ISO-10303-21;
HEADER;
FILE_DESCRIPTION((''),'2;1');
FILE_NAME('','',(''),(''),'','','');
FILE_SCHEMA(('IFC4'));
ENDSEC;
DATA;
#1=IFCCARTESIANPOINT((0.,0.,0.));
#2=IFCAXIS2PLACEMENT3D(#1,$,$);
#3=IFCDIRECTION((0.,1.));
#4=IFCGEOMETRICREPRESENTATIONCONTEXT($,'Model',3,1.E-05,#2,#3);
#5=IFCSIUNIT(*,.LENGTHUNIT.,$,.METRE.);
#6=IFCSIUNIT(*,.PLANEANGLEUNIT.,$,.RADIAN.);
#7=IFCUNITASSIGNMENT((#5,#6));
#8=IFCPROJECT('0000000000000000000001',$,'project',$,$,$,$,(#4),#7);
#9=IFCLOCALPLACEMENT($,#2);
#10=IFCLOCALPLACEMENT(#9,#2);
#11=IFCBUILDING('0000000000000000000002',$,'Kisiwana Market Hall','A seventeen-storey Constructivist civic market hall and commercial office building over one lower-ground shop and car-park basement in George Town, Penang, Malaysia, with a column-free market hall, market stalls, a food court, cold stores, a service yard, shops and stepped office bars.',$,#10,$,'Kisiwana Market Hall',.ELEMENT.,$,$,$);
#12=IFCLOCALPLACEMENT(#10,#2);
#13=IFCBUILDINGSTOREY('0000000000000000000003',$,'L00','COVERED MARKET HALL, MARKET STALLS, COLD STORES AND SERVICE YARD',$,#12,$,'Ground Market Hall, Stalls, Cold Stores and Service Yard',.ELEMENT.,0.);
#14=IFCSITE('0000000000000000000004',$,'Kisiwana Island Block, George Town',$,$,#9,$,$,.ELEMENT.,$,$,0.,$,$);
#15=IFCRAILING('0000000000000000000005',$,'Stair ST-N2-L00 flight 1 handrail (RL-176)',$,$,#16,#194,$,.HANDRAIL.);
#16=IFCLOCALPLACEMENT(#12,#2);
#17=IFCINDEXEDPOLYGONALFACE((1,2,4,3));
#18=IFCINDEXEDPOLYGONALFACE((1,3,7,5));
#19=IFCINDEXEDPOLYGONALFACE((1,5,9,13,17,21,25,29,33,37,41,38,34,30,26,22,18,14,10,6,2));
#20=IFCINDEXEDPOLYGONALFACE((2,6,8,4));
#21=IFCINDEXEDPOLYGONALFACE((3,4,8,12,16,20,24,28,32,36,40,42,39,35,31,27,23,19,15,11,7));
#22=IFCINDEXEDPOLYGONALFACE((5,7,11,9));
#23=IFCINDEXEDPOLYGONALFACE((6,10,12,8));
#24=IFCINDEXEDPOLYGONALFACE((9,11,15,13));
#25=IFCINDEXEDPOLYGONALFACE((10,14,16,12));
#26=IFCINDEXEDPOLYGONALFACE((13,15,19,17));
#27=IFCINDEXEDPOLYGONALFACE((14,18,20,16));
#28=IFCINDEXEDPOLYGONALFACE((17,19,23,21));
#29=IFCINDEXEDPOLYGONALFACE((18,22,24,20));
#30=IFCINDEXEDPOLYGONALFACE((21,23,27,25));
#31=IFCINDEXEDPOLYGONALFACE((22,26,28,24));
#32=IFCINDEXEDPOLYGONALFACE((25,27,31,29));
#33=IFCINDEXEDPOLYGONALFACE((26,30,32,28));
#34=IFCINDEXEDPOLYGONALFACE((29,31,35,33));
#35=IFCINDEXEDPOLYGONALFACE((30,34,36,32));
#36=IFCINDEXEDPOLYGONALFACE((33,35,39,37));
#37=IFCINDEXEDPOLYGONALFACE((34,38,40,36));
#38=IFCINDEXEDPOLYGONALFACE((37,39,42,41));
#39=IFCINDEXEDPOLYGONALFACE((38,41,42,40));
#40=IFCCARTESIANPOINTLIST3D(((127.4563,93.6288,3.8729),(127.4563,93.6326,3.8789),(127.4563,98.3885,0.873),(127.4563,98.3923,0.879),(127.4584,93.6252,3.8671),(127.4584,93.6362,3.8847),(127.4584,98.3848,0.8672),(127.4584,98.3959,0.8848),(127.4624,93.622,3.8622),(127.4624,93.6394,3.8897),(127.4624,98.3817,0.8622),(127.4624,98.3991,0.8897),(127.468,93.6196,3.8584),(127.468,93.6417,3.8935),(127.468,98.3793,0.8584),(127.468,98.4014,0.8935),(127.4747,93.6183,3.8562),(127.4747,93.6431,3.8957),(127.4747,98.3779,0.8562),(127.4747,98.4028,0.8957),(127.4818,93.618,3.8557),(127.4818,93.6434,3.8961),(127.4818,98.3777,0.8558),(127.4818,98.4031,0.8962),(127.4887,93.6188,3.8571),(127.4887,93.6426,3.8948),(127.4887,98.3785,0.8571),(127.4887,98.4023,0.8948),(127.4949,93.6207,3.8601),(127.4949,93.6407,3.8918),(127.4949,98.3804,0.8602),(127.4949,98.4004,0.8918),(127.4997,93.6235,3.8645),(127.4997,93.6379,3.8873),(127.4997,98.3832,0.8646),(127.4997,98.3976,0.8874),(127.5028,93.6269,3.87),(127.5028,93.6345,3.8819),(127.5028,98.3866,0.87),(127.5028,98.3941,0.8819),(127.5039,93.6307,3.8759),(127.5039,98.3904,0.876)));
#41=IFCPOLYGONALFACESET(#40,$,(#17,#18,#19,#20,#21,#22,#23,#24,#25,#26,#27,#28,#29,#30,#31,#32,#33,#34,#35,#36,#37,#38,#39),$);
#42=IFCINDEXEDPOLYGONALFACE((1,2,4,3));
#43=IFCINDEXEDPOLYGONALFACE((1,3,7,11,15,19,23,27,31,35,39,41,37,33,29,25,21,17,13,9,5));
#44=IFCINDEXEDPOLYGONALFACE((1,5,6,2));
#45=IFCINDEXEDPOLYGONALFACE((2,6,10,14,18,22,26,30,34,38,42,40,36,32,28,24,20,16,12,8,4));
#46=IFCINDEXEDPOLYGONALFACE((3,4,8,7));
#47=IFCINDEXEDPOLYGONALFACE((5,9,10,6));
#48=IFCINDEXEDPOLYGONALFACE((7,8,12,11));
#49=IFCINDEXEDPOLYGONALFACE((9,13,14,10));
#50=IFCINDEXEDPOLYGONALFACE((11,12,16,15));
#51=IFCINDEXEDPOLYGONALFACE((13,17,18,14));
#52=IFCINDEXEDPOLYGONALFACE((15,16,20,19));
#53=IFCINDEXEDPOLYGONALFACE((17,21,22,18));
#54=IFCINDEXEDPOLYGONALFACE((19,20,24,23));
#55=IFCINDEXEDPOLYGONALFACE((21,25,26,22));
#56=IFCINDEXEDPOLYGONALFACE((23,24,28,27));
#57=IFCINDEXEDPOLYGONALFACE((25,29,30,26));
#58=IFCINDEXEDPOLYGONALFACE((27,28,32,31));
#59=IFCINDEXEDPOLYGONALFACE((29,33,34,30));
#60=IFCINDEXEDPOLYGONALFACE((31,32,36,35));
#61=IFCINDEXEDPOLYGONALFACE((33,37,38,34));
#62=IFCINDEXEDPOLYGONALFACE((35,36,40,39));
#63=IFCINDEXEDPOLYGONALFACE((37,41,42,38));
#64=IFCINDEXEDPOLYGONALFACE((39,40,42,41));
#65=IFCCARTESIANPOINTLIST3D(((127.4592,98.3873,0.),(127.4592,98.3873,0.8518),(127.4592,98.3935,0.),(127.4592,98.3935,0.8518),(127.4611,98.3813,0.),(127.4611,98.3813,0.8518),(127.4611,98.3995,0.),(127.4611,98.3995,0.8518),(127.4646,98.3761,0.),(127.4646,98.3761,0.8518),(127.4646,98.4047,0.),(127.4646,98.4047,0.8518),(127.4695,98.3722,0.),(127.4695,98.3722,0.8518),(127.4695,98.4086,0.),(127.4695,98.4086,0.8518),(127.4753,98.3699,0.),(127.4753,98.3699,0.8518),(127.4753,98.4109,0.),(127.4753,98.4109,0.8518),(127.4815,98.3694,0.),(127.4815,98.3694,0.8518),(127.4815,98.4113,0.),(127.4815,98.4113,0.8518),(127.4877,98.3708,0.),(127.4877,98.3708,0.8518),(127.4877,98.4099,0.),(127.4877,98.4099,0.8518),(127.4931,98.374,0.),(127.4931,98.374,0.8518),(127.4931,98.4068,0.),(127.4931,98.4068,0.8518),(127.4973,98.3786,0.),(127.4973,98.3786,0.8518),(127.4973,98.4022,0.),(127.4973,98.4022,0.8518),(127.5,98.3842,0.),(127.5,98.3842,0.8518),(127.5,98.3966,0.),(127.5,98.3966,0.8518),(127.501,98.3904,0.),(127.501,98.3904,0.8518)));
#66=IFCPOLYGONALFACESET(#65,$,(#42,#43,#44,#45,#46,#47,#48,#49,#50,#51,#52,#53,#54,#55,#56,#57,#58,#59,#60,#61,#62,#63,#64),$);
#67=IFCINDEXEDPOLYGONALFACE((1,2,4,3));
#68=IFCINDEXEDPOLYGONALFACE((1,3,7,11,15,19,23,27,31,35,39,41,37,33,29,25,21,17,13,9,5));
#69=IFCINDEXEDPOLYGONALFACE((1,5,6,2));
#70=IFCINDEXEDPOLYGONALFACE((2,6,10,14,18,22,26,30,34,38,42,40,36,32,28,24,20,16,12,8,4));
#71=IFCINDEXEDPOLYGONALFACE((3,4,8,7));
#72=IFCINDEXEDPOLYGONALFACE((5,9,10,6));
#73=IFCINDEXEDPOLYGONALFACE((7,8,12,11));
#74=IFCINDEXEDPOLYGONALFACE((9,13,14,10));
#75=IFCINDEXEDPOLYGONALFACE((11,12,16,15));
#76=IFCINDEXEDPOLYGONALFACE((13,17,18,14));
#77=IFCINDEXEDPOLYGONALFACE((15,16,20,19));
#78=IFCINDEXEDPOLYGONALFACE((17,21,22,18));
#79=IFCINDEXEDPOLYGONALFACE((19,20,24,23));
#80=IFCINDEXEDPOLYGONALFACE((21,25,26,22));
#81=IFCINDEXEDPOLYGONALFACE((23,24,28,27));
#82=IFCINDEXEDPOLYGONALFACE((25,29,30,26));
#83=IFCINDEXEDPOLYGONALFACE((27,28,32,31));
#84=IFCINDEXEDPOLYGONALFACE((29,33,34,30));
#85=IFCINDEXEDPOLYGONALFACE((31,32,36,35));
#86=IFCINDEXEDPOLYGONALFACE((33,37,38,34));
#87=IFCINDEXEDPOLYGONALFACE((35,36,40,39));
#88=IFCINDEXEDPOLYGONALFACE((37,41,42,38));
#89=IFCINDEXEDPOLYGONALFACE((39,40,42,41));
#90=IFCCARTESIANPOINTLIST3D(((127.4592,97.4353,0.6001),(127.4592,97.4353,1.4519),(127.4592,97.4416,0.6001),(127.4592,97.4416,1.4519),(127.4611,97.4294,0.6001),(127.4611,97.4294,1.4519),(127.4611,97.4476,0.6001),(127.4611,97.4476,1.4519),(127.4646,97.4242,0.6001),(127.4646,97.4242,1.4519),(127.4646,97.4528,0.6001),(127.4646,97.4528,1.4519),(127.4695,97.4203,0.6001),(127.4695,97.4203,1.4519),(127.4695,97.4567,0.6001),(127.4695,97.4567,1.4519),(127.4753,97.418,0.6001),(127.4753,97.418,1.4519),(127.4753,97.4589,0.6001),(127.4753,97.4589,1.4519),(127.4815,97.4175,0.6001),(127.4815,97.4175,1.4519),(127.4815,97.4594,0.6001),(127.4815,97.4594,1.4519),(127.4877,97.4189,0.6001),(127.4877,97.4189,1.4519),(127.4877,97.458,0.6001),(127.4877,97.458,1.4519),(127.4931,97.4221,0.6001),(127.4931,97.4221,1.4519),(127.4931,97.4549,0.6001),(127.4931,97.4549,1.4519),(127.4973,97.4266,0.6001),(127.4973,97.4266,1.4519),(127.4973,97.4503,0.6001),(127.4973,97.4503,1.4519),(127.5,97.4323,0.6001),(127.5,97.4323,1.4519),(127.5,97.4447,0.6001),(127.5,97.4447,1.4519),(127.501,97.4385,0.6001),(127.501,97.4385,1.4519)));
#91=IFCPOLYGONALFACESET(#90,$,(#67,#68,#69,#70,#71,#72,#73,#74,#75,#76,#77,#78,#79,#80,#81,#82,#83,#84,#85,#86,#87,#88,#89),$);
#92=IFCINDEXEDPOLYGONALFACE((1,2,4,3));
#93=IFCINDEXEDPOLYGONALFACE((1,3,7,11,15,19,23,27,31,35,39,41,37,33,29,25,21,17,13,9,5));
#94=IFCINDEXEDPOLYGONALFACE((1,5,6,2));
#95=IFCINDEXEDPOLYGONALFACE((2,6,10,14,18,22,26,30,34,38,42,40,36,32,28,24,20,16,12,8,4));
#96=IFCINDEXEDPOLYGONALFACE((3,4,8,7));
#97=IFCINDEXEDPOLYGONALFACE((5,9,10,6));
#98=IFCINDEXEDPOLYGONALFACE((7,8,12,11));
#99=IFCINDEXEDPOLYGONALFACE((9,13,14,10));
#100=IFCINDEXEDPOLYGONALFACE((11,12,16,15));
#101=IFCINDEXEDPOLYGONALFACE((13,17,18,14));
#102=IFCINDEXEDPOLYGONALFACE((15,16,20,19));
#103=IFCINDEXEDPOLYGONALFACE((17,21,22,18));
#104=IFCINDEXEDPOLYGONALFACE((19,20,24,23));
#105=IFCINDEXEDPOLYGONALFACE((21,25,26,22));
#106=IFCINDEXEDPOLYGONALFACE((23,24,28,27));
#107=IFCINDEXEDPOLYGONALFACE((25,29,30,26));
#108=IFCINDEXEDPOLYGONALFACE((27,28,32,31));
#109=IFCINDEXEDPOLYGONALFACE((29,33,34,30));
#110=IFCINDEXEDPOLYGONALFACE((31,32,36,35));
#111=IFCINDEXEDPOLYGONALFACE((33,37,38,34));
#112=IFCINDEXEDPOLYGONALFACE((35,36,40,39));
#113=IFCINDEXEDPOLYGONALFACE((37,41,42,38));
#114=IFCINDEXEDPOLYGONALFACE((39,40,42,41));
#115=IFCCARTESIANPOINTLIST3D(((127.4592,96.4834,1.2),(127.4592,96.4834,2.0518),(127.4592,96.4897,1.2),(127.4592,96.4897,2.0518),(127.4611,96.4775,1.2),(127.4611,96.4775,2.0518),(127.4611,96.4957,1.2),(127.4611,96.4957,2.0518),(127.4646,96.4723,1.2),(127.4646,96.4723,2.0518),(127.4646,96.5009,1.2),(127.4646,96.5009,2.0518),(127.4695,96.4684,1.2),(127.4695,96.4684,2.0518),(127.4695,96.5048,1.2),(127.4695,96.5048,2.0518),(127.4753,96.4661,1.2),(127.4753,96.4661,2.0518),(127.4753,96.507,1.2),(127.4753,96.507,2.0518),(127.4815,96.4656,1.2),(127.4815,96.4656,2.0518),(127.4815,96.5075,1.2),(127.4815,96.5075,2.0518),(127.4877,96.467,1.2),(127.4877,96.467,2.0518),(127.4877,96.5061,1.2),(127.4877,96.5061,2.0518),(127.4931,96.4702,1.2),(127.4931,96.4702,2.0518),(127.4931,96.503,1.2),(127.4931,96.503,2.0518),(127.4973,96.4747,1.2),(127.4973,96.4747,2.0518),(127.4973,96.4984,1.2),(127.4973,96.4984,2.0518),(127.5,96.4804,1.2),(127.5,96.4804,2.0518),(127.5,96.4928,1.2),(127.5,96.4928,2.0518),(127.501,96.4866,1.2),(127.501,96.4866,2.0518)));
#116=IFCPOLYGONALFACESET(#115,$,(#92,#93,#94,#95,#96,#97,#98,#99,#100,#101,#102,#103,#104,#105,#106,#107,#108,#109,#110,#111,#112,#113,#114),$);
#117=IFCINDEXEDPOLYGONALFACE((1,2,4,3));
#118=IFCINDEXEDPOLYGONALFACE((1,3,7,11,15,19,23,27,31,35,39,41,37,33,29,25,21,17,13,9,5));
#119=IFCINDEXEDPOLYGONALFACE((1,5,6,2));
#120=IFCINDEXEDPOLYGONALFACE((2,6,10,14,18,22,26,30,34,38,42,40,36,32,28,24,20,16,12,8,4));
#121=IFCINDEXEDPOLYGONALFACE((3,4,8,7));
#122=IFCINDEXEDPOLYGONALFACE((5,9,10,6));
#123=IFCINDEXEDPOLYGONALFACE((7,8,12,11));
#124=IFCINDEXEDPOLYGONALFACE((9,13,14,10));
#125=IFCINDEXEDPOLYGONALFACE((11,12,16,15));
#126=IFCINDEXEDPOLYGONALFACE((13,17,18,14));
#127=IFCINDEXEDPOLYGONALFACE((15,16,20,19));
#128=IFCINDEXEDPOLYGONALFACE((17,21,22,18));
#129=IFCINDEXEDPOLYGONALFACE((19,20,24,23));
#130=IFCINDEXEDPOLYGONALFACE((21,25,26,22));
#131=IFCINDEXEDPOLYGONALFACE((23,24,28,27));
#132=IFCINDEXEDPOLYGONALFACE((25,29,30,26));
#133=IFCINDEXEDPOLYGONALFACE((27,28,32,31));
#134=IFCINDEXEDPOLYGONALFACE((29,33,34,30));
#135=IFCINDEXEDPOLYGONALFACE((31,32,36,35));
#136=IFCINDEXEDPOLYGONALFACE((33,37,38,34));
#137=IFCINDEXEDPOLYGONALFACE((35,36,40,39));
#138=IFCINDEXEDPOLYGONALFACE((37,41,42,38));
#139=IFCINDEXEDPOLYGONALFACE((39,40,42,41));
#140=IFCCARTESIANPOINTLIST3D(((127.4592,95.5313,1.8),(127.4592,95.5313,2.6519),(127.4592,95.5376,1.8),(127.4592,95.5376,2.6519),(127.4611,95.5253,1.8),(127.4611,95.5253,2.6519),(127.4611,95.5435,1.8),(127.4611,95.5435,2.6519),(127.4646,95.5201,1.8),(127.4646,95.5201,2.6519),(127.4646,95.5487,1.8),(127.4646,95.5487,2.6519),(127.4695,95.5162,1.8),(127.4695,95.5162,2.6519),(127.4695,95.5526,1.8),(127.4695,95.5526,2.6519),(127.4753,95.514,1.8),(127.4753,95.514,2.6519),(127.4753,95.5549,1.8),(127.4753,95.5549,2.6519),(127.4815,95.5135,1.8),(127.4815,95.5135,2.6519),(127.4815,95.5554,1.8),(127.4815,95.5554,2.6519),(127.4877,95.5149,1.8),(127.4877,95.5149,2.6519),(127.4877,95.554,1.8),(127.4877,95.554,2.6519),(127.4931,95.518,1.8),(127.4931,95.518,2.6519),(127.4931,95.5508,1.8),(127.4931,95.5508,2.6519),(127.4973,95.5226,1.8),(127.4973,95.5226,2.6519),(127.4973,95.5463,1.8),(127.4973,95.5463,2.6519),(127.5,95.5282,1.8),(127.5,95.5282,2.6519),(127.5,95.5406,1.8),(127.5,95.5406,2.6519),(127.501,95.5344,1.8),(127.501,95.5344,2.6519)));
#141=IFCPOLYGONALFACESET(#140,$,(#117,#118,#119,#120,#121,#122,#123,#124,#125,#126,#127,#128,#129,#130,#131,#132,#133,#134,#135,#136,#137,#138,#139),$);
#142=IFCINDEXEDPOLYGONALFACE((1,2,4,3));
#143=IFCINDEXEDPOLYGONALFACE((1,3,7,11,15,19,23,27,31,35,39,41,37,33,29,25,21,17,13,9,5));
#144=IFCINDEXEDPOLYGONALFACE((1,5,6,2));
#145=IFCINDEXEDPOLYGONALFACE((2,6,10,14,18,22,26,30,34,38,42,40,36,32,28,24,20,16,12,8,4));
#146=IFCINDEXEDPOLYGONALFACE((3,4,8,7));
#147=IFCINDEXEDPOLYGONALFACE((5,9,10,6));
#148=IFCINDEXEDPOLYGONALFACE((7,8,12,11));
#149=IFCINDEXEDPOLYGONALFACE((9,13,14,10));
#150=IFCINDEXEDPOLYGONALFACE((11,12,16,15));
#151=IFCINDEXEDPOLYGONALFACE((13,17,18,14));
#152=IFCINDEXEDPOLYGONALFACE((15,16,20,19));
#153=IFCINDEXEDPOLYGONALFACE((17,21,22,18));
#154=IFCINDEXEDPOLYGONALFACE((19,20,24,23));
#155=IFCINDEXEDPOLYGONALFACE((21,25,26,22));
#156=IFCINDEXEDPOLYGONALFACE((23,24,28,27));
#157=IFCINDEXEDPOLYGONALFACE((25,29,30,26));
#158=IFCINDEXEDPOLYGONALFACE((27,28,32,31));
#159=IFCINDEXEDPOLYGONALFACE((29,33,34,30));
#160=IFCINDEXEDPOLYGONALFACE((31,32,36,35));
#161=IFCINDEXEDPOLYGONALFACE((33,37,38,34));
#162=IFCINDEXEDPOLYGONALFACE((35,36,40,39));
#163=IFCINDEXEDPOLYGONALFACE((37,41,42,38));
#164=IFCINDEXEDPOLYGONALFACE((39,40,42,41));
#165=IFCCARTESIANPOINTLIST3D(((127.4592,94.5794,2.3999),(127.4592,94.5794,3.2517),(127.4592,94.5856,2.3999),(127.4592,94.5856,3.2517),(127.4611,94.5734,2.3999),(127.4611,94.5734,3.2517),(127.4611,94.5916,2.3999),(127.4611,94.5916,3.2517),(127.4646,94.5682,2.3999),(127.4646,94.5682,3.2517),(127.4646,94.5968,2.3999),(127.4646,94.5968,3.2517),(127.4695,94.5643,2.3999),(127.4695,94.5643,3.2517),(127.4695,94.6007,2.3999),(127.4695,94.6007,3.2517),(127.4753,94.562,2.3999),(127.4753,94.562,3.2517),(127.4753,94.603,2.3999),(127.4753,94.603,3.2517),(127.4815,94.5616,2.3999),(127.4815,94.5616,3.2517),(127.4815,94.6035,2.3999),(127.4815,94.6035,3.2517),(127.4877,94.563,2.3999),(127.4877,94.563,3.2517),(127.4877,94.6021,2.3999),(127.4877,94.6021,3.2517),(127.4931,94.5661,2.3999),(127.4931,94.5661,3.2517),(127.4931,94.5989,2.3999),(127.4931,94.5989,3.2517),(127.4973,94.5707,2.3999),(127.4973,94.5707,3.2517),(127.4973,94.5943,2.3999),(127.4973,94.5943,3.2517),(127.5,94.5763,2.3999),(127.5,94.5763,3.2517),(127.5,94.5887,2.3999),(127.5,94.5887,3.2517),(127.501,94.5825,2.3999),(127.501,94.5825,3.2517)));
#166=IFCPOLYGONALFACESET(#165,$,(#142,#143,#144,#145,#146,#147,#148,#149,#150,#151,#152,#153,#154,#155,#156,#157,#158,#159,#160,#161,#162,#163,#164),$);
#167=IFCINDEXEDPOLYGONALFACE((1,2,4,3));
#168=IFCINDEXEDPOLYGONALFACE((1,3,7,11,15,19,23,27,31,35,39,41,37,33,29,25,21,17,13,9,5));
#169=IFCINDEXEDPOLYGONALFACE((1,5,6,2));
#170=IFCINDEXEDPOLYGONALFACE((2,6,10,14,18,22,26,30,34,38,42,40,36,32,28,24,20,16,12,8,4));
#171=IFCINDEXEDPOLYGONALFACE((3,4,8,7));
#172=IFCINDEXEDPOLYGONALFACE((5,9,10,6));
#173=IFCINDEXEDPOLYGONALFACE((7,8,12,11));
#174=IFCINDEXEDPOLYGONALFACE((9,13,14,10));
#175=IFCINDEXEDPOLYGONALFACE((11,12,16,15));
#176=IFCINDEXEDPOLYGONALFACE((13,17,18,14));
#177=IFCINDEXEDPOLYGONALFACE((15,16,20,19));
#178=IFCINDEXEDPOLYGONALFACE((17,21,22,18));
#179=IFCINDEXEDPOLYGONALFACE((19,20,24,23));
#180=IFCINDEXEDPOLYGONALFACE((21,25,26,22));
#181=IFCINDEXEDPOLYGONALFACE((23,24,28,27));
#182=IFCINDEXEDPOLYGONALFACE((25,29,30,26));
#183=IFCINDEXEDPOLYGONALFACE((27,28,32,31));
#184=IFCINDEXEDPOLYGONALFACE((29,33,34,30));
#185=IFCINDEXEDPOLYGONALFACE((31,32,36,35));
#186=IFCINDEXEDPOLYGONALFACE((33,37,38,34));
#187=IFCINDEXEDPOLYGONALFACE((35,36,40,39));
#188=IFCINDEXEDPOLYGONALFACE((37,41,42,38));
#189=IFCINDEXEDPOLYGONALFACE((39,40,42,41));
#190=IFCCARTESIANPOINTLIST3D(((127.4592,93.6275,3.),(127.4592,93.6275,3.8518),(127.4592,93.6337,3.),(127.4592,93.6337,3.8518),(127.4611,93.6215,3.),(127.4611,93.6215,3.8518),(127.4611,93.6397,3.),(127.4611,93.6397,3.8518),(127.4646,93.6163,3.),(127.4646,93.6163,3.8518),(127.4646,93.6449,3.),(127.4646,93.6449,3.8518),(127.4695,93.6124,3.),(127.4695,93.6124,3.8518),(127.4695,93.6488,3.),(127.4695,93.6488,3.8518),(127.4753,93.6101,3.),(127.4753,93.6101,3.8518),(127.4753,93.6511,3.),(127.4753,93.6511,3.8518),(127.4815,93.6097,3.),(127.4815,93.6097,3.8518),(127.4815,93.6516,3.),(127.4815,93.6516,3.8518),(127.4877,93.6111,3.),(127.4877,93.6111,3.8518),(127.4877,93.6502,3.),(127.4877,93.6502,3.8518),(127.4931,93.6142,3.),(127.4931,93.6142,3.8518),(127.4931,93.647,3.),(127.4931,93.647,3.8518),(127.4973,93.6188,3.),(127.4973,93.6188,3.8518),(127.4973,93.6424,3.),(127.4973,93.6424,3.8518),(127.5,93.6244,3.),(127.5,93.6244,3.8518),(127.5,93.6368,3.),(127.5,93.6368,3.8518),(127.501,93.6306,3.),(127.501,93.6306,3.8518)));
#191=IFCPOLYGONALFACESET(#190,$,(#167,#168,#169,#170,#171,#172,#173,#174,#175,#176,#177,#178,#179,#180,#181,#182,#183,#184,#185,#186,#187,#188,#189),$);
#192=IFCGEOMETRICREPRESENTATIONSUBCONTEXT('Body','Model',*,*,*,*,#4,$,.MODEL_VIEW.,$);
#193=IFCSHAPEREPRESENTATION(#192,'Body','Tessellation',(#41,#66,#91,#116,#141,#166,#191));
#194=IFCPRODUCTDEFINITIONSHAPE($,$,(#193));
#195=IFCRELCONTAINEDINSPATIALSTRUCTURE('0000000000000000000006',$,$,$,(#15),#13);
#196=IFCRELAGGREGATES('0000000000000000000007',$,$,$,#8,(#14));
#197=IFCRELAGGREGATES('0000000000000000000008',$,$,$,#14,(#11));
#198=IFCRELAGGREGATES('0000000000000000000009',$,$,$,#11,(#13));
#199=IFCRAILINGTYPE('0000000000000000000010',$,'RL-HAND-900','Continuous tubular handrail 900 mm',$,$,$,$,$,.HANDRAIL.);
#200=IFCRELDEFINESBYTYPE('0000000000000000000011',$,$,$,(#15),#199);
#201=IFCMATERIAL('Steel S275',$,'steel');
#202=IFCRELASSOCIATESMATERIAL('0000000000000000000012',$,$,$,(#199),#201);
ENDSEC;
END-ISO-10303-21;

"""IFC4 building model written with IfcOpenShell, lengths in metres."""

from ifc_helpers import new_model, si_unit, direction, frame, origin, origin_2d, place, context, subcontext, project, spatial, circle, extrude, material, type_object, element, save


model = new_model("IFC4")

# Units and contexts
model_context = context("Model", 3, precision=1e-05, world=origin(), true_north=direction((0.0, 1.0)))
body_context = subcontext(model_context, "Body", "Model", "MODEL_VIEW")
ifc_project = project(units=[si_unit("LENGTHUNIT", "METRE"), si_unit("PLANEANGLEUNIT", "RADIAN")], contexts=[model_context])

# Site, building, storey
site_placement = place(None, origin())
site = spatial("IfcSite", under=ifc_project, at=site_placement, Name="Kisiwana Island Block, George Town", CompositionType="ELEMENT", RefElevation=0.0)
building_placement = place(site_placement, origin())
building = spatial("IfcBuilding", under=site, at=building_placement, Name="Kisiwana Market Hall", Description="A seventeen-storey Constructivist civic market hall and commercial office building over one lower-ground shop and car-park basement in George Town, Penang, Malaysia, with a column-free market hall, market stalls, a food court, cold stores, a service yard, shops and stepped office bars.", LongName="Kisiwana Market Hall", CompositionType="ELEMENT")
storey_placement = place(building_placement, origin())
storey = spatial("IfcBuildingStorey", under=building, at=storey_placement, Name="L00", Description="COVERED MARKET HALL, MARKET STALLS, COLD STORES AND SERVICE YARD", LongName="Ground Market Hall, Stalls, Cold Stores and Service Yard", CompositionType="ELEMENT", Elevation=0.0)

# Railing
ifc_material_1 = material(Name="Steel S275", Category="steel")
railing_type_1 = type_object("IfcRailingType", Name="RL-HAND-900", Description="Continuous tubular handrail 900 mm", PredefinedType="HANDRAIL", material=ifc_material_1)
railing_1_placement = place(storey_placement, frame((127.48, 98.3904, 0.0)))
element("IfcRailing", 1, at=railing_1_placement, inside=storey, type_object=railing_type_1, Name="Stair ST-N2-L00 flight 1 handrail (RL-176)", PredefinedType="HANDRAIL", context=body_context, shape_type="SweptSolid", body=[
    extrude(circle(Radius=0.0239, at=origin_2d()), frame((0.0, 0.0, 0.876), z_axis=(0.0, -0.845983, 0.533209), x_axis=(1.0, 0.0, 0.0)), (0.0, 0.0, 1.0), 5.6262),
    extrude(circle(Radius=0.021, at=origin_2d()), origin(), (0.0, 0.0, 1.0), 0.8518),
    extrude(circle(Radius=0.021, at=origin_2d()), frame((0.0, -0.9519, 0.6001)), (0.0, 0.0, 1.0), 0.8518),
    extrude(circle(Radius=0.021, at=origin_2d()), frame((0.0, -1.9038, 1.2)), (0.0, 0.0, 1.0), 0.8518),
    extrude(circle(Radius=0.021, at=origin_2d()), frame((0.0, -2.856, 1.8)), (0.0, 0.0, 1.0), 0.8518),
    extrude(circle(Radius=0.021, at=origin_2d()), frame((0.0, -3.8079, 2.3999)), (0.0, 0.0, 1.0), 0.8518),
    extrude(circle(Radius=0.021, at=origin_2d()), frame((0.0, -4.7598, 3.0)), (0.0, 0.0, 1.0), 0.8518),
])

save(model, "model.ifc")
